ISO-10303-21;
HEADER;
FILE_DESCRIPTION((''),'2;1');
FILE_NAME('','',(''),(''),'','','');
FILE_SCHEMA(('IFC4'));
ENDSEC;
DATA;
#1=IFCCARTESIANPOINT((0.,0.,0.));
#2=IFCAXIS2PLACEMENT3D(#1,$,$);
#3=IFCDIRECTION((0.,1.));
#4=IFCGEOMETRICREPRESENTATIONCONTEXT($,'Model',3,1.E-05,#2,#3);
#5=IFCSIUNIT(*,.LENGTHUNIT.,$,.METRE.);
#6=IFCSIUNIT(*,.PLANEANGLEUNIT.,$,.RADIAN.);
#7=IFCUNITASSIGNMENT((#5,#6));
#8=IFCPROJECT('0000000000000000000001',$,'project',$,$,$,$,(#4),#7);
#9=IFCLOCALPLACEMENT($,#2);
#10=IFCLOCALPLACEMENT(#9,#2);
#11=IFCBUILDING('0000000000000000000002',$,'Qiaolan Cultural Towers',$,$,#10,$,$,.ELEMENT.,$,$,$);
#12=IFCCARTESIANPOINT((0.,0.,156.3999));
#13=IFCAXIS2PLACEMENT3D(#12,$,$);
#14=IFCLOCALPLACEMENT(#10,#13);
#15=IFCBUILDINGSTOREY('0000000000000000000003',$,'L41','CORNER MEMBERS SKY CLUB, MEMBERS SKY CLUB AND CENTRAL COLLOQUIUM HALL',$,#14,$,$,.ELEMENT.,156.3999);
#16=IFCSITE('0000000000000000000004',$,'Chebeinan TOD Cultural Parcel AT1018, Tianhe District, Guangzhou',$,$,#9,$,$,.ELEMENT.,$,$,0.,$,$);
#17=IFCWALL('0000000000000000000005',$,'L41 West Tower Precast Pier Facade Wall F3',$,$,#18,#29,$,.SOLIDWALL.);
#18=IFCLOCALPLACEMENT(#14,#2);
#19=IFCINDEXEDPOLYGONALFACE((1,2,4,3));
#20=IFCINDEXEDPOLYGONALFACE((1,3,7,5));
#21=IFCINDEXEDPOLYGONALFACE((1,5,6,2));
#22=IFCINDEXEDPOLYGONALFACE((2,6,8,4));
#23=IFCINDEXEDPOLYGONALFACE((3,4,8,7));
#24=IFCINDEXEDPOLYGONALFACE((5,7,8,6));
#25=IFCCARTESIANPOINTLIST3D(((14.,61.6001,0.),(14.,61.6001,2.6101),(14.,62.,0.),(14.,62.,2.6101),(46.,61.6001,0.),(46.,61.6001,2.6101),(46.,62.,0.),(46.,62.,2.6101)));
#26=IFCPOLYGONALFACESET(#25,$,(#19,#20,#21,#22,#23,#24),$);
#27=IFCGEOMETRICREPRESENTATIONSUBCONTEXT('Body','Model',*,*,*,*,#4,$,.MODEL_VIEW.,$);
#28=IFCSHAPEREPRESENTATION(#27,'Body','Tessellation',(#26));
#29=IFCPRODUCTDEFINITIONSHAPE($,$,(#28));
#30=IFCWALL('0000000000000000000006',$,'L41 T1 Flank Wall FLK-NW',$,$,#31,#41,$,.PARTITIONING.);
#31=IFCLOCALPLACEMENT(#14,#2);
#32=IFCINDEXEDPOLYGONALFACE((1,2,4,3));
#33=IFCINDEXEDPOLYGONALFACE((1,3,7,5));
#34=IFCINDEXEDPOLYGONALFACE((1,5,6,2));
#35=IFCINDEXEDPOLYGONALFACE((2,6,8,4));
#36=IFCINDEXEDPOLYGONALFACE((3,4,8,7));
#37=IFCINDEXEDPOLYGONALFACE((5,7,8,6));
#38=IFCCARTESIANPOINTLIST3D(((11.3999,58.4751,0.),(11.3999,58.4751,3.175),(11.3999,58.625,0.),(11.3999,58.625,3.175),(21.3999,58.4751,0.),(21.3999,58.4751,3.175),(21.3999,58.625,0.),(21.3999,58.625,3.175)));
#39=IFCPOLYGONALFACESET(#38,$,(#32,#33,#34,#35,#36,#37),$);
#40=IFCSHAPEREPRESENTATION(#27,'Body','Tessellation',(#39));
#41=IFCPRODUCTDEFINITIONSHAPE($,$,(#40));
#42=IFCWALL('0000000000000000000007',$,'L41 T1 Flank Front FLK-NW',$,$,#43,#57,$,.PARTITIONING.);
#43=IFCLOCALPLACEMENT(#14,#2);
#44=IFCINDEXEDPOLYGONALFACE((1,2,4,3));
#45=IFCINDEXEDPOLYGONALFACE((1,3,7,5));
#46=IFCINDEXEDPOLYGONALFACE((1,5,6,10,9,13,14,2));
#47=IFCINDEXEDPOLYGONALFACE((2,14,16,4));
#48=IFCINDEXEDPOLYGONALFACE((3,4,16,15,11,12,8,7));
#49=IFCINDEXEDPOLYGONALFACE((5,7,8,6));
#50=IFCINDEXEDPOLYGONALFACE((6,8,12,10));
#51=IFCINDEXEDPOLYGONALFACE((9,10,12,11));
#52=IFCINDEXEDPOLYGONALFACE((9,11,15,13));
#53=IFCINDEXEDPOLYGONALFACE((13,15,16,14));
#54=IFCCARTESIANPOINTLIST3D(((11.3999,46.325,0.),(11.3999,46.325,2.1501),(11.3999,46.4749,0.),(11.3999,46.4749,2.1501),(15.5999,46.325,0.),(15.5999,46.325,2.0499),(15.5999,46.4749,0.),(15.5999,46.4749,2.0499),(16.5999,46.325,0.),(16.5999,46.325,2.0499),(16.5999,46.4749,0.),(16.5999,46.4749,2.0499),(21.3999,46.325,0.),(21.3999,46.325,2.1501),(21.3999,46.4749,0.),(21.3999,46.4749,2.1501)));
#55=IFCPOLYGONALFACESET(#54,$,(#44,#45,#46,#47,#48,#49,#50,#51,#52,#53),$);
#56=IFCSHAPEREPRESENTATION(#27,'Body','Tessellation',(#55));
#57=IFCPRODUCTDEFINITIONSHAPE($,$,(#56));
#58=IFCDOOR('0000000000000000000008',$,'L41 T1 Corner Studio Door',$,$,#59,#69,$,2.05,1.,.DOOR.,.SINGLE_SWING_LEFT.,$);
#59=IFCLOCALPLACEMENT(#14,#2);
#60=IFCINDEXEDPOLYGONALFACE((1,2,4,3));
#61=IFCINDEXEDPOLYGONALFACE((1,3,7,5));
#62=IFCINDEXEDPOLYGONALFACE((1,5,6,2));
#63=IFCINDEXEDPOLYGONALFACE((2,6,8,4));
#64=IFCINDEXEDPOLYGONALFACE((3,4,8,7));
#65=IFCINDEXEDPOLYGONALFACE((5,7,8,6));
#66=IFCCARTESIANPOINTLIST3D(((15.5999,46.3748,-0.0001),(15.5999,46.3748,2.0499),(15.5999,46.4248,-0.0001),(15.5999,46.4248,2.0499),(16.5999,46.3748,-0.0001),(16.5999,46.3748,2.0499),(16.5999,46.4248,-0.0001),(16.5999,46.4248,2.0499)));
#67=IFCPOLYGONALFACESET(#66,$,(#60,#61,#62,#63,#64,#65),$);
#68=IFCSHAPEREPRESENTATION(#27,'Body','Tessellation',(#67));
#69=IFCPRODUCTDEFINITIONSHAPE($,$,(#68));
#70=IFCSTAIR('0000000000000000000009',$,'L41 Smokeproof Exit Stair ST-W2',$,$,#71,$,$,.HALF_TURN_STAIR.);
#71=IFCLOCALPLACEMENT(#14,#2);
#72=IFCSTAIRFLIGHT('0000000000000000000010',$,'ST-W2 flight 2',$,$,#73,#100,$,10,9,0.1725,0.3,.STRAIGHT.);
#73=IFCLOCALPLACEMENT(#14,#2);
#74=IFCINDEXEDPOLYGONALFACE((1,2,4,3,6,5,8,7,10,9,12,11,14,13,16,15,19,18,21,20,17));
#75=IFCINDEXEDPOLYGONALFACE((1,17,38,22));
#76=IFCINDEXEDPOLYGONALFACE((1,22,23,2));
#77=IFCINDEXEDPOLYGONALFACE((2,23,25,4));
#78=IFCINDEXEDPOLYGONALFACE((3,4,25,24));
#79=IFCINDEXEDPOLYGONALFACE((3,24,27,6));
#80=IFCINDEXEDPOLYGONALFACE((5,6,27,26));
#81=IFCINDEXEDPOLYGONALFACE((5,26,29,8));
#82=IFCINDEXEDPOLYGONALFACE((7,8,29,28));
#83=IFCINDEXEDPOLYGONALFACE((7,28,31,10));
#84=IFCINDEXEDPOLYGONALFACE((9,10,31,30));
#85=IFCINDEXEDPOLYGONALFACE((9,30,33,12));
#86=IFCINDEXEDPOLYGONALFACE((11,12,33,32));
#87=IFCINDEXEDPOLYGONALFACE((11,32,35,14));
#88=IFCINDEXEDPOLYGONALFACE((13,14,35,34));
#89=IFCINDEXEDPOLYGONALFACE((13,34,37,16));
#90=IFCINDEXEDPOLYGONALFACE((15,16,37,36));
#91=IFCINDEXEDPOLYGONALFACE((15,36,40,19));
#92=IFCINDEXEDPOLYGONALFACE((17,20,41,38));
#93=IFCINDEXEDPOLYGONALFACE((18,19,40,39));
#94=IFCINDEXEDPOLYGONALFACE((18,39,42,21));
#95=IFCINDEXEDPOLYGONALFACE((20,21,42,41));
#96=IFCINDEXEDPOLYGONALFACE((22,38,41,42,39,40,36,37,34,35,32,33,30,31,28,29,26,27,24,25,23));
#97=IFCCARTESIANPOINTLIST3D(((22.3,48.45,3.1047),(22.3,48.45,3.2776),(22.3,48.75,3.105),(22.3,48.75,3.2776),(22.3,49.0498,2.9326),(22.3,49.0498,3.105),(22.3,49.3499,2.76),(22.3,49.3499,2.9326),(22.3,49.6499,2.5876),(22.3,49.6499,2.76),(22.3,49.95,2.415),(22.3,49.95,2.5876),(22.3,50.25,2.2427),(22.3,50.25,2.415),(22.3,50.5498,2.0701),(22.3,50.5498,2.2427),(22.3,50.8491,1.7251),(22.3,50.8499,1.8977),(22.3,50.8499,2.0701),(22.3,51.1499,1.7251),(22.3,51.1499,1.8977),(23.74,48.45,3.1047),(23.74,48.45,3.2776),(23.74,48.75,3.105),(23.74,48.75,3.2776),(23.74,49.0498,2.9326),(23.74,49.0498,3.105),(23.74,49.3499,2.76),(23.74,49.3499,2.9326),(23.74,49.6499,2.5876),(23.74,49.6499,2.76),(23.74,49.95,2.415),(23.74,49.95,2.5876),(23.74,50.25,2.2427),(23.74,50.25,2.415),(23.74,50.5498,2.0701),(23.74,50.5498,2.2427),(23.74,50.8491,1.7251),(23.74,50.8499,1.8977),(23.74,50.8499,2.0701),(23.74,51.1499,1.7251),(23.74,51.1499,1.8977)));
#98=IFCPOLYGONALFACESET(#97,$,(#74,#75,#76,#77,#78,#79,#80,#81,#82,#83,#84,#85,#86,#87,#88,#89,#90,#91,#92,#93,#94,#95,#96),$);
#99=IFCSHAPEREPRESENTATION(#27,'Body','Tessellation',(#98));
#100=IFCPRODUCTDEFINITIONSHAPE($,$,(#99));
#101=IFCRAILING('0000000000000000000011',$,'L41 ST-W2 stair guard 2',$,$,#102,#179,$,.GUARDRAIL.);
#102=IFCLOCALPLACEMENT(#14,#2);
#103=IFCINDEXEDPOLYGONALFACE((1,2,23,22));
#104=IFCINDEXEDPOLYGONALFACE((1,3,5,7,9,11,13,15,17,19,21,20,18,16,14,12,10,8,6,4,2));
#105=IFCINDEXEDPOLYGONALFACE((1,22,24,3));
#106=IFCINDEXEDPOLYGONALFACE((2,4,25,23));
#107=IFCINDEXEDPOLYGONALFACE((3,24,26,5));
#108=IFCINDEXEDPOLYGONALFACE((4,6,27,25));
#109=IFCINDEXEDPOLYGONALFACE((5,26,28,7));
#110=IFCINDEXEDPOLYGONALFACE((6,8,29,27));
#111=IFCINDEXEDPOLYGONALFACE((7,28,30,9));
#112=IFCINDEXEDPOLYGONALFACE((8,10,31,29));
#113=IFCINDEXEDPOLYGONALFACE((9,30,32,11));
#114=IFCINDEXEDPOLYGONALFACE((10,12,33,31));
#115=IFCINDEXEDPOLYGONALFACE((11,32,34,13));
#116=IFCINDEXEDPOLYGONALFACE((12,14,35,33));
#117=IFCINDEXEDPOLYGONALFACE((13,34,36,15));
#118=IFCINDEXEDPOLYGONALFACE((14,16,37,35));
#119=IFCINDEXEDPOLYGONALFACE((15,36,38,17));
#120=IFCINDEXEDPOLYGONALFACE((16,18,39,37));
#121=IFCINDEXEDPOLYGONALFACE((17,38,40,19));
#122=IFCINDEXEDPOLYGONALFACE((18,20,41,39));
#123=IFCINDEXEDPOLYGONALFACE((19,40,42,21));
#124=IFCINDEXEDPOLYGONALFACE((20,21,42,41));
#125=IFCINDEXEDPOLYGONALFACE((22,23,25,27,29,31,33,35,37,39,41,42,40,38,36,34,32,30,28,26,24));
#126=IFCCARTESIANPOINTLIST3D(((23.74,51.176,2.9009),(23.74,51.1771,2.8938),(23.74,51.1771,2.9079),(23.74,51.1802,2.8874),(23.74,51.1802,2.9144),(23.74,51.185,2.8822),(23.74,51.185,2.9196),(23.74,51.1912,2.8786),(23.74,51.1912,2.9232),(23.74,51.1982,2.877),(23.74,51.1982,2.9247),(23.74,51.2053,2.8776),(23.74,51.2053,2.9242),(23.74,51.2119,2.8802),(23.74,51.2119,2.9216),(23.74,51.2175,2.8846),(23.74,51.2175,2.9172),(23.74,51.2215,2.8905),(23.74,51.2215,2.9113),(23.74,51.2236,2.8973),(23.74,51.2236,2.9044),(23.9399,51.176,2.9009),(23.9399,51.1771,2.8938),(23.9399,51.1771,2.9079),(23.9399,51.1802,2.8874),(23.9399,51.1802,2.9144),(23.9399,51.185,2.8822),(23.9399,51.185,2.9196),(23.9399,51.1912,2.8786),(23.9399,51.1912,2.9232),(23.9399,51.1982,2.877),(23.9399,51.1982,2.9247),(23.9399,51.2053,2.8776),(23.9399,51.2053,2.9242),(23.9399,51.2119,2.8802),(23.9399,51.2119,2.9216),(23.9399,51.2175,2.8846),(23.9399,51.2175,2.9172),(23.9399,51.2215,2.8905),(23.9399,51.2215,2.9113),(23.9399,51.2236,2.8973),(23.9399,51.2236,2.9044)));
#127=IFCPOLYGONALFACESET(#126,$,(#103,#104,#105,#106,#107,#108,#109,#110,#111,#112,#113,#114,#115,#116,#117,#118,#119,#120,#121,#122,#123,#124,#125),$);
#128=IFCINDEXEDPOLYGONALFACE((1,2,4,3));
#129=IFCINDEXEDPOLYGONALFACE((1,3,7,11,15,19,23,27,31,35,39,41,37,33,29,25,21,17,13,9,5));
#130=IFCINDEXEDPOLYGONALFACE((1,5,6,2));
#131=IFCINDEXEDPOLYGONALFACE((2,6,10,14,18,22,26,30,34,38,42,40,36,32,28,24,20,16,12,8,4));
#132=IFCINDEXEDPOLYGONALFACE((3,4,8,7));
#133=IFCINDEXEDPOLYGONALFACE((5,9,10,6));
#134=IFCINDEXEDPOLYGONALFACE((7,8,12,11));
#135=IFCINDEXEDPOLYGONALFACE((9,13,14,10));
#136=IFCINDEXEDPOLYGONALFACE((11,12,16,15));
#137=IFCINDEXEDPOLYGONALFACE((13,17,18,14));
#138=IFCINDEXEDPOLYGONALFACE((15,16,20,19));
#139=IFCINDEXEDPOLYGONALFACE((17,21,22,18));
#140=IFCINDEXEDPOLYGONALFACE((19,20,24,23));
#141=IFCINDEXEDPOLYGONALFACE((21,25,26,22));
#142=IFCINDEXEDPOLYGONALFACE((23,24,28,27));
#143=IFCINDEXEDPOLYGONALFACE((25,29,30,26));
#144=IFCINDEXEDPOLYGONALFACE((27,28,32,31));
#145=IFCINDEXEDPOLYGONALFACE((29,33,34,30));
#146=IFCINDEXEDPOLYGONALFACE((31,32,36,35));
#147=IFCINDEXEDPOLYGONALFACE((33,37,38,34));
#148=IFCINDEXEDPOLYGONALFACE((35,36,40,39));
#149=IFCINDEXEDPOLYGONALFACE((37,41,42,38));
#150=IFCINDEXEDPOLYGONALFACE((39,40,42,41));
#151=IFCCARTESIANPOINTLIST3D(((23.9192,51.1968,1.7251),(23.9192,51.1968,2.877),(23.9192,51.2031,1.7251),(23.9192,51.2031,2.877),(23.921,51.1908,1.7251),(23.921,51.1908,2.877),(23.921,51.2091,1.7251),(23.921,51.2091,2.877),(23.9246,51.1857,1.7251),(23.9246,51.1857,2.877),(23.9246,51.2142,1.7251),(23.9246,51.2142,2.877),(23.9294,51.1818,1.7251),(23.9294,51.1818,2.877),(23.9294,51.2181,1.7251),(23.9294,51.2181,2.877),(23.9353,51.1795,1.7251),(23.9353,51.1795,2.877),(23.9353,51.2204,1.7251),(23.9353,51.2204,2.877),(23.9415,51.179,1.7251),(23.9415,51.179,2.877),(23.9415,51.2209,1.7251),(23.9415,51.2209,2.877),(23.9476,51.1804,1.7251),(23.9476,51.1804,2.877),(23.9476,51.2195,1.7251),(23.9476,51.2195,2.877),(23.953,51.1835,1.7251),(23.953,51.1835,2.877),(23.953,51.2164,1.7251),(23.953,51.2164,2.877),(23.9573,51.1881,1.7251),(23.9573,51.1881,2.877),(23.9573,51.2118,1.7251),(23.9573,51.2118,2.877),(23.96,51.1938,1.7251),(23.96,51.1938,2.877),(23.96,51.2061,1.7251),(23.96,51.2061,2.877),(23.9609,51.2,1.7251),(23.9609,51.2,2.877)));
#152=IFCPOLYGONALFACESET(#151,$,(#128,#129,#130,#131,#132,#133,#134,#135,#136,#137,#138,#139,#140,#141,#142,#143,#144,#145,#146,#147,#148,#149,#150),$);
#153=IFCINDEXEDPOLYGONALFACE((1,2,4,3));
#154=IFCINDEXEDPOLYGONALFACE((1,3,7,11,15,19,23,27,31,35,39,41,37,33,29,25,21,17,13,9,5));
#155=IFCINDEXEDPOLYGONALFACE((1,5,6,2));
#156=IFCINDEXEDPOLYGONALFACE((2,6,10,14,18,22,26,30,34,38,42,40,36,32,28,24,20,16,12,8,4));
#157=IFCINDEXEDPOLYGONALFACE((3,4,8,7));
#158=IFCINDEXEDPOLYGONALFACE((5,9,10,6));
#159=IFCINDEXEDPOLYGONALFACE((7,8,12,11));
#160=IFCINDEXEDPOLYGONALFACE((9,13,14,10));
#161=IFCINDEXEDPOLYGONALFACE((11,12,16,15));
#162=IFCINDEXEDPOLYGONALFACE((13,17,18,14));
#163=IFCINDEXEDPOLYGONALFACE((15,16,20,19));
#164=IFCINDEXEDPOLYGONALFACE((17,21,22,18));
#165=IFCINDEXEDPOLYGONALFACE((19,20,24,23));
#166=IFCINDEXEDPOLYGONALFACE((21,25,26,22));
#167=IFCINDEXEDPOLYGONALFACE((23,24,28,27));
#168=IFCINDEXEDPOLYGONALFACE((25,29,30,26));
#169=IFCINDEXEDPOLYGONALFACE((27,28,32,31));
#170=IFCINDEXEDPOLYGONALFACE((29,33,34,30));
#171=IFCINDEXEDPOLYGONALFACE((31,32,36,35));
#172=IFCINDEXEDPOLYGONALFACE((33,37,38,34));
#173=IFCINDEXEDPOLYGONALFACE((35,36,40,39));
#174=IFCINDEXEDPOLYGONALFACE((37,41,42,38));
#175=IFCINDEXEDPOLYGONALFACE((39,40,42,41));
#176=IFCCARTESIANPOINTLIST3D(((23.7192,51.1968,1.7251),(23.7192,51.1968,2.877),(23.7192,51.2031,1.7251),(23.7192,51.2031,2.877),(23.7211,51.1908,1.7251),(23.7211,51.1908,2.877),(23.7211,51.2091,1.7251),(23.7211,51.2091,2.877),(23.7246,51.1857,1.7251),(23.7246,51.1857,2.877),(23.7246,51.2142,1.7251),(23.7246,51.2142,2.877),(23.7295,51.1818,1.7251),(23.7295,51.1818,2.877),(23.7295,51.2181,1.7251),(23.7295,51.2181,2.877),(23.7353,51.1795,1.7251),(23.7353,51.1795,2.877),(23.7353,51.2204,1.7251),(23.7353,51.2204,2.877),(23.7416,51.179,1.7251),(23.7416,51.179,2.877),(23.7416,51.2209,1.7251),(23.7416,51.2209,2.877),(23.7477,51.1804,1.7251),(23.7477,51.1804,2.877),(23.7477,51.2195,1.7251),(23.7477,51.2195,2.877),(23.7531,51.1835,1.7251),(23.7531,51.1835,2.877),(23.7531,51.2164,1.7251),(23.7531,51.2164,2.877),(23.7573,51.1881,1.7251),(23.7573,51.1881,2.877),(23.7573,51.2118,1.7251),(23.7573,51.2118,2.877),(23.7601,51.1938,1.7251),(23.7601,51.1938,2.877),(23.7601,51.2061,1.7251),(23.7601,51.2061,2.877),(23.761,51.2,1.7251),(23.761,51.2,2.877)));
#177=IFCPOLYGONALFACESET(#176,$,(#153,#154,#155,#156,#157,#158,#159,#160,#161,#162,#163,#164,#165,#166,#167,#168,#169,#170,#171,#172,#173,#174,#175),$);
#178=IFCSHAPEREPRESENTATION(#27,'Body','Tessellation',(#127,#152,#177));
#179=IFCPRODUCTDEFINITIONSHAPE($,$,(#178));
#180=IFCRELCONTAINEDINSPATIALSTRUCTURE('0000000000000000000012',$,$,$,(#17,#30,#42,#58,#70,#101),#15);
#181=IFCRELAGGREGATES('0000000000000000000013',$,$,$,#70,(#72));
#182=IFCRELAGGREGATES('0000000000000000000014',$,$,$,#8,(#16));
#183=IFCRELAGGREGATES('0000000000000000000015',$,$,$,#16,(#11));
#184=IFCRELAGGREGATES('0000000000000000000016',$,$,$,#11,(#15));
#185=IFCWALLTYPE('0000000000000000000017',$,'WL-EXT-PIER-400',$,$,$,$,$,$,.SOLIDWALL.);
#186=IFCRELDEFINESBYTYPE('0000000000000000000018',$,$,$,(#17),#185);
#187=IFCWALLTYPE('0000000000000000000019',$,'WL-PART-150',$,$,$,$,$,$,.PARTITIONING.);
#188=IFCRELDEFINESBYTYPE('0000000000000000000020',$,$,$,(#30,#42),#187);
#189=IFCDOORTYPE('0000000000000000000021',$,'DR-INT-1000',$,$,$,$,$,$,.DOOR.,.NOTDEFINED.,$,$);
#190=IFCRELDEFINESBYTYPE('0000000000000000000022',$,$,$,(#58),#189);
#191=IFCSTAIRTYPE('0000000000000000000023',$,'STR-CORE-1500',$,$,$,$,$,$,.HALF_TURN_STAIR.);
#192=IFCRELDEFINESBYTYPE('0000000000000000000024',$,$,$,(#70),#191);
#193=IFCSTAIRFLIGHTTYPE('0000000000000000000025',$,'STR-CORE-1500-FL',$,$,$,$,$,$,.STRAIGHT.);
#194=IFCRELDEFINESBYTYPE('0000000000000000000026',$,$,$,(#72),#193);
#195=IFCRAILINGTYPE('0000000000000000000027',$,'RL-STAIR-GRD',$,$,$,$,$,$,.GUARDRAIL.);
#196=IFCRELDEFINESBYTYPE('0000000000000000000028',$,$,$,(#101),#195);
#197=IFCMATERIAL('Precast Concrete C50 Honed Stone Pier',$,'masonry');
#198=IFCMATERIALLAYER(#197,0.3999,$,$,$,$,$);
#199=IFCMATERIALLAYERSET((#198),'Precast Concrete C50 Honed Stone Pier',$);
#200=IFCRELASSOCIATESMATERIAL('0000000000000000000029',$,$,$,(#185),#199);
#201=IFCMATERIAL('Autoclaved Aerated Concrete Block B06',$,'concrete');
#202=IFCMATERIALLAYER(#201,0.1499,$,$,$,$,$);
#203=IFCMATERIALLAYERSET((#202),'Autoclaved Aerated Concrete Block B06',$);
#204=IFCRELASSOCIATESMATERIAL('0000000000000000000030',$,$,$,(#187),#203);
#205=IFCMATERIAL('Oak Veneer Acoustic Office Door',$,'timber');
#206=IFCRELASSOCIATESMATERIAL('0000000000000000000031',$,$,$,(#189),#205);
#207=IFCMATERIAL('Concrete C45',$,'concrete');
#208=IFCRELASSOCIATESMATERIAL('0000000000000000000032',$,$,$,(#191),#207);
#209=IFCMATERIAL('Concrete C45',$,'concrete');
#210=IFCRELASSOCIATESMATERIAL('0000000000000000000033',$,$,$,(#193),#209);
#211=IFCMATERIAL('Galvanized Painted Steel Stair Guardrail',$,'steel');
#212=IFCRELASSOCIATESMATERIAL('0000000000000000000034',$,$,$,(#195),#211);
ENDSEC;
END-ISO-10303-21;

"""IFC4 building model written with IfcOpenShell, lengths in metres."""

from ifc_helpers import new_model, si_unit, direction, frame, frame_2d, origin, origin_2d, place, context, subcontext, project, spatial, polyline, rectangle, circle, outline, extrude, material, layer, layer_set, type_object, element, fill, aggregate, save


model = new_model("IFC4")

# Units and contexts
model_context = context("Model", 3, precision=1e-05, world=origin(), true_north=direction((0.0, 1.0)))
body_context = subcontext(model_context, "Body", "Model", "MODEL_VIEW")
ifc_project = project(units=[si_unit("LENGTHUNIT", "METRE"), si_unit("PLANEANGLEUNIT", "RADIAN")], contexts=[model_context])

# Site, building, storey
site_placement = place(None, origin())
site = spatial("IfcSite", under=ifc_project, at=site_placement, Name="Chebeinan TOD Cultural Parcel AT1018, Tianhe District, Guangzhou", CompositionType="ELEMENT", RefElevation=0.0)
building_placement = place(site_placement, origin())
building = spatial("IfcBuilding", under=site, at=building_placement, Name="Qiaolan Cultural Towers", CompositionType="ELEMENT")
storey_placement = place(building_placement, frame((0.0, 0.0, 156.3999)))
storey = spatial("IfcBuildingStorey", under=building, at=storey_placement, Name="L41", Description="CORNER MEMBERS SKY CLUB, MEMBERS SKY CLUB AND CENTRAL COLLOQUIUM HALL", CompositionType="ELEMENT", Elevation=156.3999)

# Walls
ifc_material_1 = material(Name="Precast Concrete C50 Honed Stone Pier", Category="masonry")
ifc_layer_1 = layer(ifc_material_1, 0.3999)
ifc_layer_set_1 = layer_set([ifc_layer_1], Name="Precast Concrete C50 Honed Stone Pier")
wall_type_1 = type_object("IfcWallType", Name="WL-EXT-PIER-400", PredefinedType="SOLIDWALL", material=ifc_layer_set_1)
wall_1_placement = place(storey_placement, frame((14.0, 61.8, 0.0), z_axis=(0.0, 0.0, 1.0), x_axis=(1.0, 0.0, 0.0)))
element("IfcWall", 1, at=wall_1_placement, inside=storey, type_object=wall_type_1, Name="L41 West Tower Precast Pier Facade Wall F3", PredefinedType="SOLIDWALL", context=body_context, shape_type="SweptSolid", body=[
    extrude(rectangle(XDim=32.0, YDim=0.3999, at=frame_2d((16.0, 0.0))), origin(), (0.0, 0.0, 1.0), 2.6101),
])
ifc_material_2 = material(Name="Autoclaved Aerated Concrete Block B06", Category="concrete")
ifc_layer_2 = layer(ifc_material_2, 0.1499)
ifc_layer_set_2 = layer_set([ifc_layer_2], Name="Autoclaved Aerated Concrete Block B06")
wall_type_2 = type_object("IfcWallType", Name="WL-PART-150", PredefinedType="PARTITIONING", material=ifc_layer_set_2)
wall_2_placement = place(storey_placement, frame((11.3999, 58.55, 0.0), z_axis=(0.0, 0.0, 1.0), x_axis=(1.0, 0.0, 0.0)))
element("IfcWall", 2, at=wall_2_placement, inside=storey, type_object=wall_type_2, Name="L41 T1 Flank Wall FLK-NW", PredefinedType="PARTITIONING", context=body_context, shape_type="SweptSolid", body=[
    extrude(rectangle(XDim=10.0, YDim=0.1499, at=frame_2d((5.0, 0.0))), origin(), (0.0, 0.0, 1.0), 3.175),
])

# Wall, opening, door
wall_3_placement = place(storey_placement, frame((11.3999, 46.3999, 0.0), z_axis=(0.0, 0.0, 1.0), x_axis=(1.0, 0.0, 0.0)))
wall_3 = element("IfcWall", 3, at=wall_3_placement, inside=storey, type_object=wall_type_2, Name="L41 T1 Flank Front FLK-NW", PredefinedType="PARTITIONING", context=body_context, shape_type="SweptSolid", body=[
    extrude(rectangle(XDim=10.0, YDim=0.1499, at=frame_2d((5.0, 0.0))), origin(), (0.0, 0.0, 1.0), 2.1501),
])
opening_placement = place(wall_3_placement, frame((4.2, 0.0, 0.0)))
opening = element("IfcOpeningElement", 4, at=opening_placement, cuts=wall_3, PredefinedType="OPENING", context=body_context, shape_type="SweptSolid", body=[
    extrude(rectangle(XDim=1.0, YDim=2.05, at=frame_2d((0.5, 1.0249))), frame((0.0, 0.085, 0.0), z_axis=(0.0, -1.0, 0.0), x_axis=(1.0, 0.0, 0.0)), (0.0, 0.0, 1.0), 0.1699),
])
ifc_material_3 = material(Name="Oak Veneer Acoustic Office Door", Category="timber")
door_type = type_object("IfcDoorType", Name="DR-INT-1000", OperationType="NOTDEFINED", PredefinedType="DOOR", material=ifc_material_3)
door_placement = place(opening_placement, origin())
door = element("IfcDoor", 5, at=door_placement, inside=storey, type_object=door_type, Name="L41 T1 Corner Studio Door", OperationType="SINGLE_SWING_LEFT", OverallHeight=2.05, OverallWidth=1.0, PredefinedType="DOOR", context=body_context, shape_type="SweptSolid", body=[
    extrude(rectangle(XDim=1.0, YDim=2.05, at=frame_2d((0.5, 1.0249))), frame((0.0, 0.0249, 0.0), z_axis=(0.0, -1.0, 0.0), x_axis=(1.0, 0.0, 0.0)), (0.0, 0.0, 1.0), 0.05),
])
fill(opening, door)

# Stair, stair flight
ifc_material_4 = material(Name="Concrete C45", Category="concrete")
stair_type = type_object("IfcStairType", Name="STR-CORE-1500", PredefinedType="HALF_TURN_STAIR", material=ifc_material_4)
stair_placement = place(storey_placement, origin())
stair = element("IfcStair", 6, at=stair_placement, inside=storey, type_object=stair_type, Name="L41 Smokeproof Exit Stair ST-W2", PredefinedType="HALF_TURN_STAIR")
ifc_material_5 = material(Name="Concrete C45", Category="concrete")
stair_flight_type = type_object("IfcStairFlightType", Name="STR-CORE-1500-FL", PredefinedType="STRAIGHT", material=ifc_material_5)
stair_flight_placement = place(storey_placement, frame((23.02, 51.1499, 1.7251), z_axis=(0.0, 0.0, 1.0), x_axis=(0.0, -1.0, 0.0)))
stair_flight = element("IfcStairFlight", 7, at=stair_flight_placement, type_object=stair_flight_type, Name="ST-W2 flight 2", NumberOfRisers=10, NumberOfTreads=9, PredefinedType="STRAIGHT", RiserHeight=0.1725, TreadLength=0.3, context=body_context, shape_type="SweptSolid", body=[
    extrude(outline(polyline([(0.0, 0.0), (0.0, 0.1726), (0.3, 0.1726), (0.3, 0.345), (0.6001, 0.345), (0.6001, 0.5176), (0.8999, 0.5176), (0.8999, 0.6899), (1.2, 0.6899), (1.2, 0.8625), (1.5, 0.8625), (1.5, 1.0349), (1.8, 1.0349), (1.8, 1.2075), (2.1001, 1.2075), (2.1001, 1.3799), (2.3999, 1.3799), (2.3999, 1.5525), (2.7, 1.5525), (2.7, 1.7251), (2.7, 1.3796), (0.3008, 0.0), (0.0, 0.0)])), frame((0.0, 0.72, 0.0), z_axis=(0.0, -1.0, 0.0), x_axis=(1.0, 0.0, 0.0)), (0.0, 0.0, 1.0), 1.4399),
])
aggregate(stair, [stair_flight])

# Railing
ifc_material_6 = material(Name="Galvanized Painted Steel Stair Guardrail", Category="steel")
railing_type_1 = type_object("IfcRailingType", Name="RL-STAIR-GRD", PredefinedType="GUARDRAIL", material=ifc_material_6)
railing_1_placement = place(storey_placement, frame((23.9399, 51.2, 1.7251)))
element("IfcRailing", 8, at=railing_1_placement, inside=storey, type_object=railing_type_1, Name="L41 ST-W2 stair guard 2", PredefinedType="GUARDRAIL", context=body_context, shape_type="SweptSolid", body=[
    extrude(circle(Radius=0.0239, at=origin_2d()), frame((0.0, 0.0, 1.1758), z_axis=(-1.0, 0.0, 0.0), x_axis=(0.0, -1.0, 0.0)), (0.0, 0.0, 1.0), 0.2),
    extrude(circle(Radius=0.021, at=origin_2d()), origin(), (0.0, 0.0, 1.0), 1.1519),
    extrude(circle(Radius=0.021, at=origin_2d()), frame((-0.2, 0.0, 0.0)), (0.0, 0.0, 1.0), 1.1519),
])

save(model, "model.ifc")
